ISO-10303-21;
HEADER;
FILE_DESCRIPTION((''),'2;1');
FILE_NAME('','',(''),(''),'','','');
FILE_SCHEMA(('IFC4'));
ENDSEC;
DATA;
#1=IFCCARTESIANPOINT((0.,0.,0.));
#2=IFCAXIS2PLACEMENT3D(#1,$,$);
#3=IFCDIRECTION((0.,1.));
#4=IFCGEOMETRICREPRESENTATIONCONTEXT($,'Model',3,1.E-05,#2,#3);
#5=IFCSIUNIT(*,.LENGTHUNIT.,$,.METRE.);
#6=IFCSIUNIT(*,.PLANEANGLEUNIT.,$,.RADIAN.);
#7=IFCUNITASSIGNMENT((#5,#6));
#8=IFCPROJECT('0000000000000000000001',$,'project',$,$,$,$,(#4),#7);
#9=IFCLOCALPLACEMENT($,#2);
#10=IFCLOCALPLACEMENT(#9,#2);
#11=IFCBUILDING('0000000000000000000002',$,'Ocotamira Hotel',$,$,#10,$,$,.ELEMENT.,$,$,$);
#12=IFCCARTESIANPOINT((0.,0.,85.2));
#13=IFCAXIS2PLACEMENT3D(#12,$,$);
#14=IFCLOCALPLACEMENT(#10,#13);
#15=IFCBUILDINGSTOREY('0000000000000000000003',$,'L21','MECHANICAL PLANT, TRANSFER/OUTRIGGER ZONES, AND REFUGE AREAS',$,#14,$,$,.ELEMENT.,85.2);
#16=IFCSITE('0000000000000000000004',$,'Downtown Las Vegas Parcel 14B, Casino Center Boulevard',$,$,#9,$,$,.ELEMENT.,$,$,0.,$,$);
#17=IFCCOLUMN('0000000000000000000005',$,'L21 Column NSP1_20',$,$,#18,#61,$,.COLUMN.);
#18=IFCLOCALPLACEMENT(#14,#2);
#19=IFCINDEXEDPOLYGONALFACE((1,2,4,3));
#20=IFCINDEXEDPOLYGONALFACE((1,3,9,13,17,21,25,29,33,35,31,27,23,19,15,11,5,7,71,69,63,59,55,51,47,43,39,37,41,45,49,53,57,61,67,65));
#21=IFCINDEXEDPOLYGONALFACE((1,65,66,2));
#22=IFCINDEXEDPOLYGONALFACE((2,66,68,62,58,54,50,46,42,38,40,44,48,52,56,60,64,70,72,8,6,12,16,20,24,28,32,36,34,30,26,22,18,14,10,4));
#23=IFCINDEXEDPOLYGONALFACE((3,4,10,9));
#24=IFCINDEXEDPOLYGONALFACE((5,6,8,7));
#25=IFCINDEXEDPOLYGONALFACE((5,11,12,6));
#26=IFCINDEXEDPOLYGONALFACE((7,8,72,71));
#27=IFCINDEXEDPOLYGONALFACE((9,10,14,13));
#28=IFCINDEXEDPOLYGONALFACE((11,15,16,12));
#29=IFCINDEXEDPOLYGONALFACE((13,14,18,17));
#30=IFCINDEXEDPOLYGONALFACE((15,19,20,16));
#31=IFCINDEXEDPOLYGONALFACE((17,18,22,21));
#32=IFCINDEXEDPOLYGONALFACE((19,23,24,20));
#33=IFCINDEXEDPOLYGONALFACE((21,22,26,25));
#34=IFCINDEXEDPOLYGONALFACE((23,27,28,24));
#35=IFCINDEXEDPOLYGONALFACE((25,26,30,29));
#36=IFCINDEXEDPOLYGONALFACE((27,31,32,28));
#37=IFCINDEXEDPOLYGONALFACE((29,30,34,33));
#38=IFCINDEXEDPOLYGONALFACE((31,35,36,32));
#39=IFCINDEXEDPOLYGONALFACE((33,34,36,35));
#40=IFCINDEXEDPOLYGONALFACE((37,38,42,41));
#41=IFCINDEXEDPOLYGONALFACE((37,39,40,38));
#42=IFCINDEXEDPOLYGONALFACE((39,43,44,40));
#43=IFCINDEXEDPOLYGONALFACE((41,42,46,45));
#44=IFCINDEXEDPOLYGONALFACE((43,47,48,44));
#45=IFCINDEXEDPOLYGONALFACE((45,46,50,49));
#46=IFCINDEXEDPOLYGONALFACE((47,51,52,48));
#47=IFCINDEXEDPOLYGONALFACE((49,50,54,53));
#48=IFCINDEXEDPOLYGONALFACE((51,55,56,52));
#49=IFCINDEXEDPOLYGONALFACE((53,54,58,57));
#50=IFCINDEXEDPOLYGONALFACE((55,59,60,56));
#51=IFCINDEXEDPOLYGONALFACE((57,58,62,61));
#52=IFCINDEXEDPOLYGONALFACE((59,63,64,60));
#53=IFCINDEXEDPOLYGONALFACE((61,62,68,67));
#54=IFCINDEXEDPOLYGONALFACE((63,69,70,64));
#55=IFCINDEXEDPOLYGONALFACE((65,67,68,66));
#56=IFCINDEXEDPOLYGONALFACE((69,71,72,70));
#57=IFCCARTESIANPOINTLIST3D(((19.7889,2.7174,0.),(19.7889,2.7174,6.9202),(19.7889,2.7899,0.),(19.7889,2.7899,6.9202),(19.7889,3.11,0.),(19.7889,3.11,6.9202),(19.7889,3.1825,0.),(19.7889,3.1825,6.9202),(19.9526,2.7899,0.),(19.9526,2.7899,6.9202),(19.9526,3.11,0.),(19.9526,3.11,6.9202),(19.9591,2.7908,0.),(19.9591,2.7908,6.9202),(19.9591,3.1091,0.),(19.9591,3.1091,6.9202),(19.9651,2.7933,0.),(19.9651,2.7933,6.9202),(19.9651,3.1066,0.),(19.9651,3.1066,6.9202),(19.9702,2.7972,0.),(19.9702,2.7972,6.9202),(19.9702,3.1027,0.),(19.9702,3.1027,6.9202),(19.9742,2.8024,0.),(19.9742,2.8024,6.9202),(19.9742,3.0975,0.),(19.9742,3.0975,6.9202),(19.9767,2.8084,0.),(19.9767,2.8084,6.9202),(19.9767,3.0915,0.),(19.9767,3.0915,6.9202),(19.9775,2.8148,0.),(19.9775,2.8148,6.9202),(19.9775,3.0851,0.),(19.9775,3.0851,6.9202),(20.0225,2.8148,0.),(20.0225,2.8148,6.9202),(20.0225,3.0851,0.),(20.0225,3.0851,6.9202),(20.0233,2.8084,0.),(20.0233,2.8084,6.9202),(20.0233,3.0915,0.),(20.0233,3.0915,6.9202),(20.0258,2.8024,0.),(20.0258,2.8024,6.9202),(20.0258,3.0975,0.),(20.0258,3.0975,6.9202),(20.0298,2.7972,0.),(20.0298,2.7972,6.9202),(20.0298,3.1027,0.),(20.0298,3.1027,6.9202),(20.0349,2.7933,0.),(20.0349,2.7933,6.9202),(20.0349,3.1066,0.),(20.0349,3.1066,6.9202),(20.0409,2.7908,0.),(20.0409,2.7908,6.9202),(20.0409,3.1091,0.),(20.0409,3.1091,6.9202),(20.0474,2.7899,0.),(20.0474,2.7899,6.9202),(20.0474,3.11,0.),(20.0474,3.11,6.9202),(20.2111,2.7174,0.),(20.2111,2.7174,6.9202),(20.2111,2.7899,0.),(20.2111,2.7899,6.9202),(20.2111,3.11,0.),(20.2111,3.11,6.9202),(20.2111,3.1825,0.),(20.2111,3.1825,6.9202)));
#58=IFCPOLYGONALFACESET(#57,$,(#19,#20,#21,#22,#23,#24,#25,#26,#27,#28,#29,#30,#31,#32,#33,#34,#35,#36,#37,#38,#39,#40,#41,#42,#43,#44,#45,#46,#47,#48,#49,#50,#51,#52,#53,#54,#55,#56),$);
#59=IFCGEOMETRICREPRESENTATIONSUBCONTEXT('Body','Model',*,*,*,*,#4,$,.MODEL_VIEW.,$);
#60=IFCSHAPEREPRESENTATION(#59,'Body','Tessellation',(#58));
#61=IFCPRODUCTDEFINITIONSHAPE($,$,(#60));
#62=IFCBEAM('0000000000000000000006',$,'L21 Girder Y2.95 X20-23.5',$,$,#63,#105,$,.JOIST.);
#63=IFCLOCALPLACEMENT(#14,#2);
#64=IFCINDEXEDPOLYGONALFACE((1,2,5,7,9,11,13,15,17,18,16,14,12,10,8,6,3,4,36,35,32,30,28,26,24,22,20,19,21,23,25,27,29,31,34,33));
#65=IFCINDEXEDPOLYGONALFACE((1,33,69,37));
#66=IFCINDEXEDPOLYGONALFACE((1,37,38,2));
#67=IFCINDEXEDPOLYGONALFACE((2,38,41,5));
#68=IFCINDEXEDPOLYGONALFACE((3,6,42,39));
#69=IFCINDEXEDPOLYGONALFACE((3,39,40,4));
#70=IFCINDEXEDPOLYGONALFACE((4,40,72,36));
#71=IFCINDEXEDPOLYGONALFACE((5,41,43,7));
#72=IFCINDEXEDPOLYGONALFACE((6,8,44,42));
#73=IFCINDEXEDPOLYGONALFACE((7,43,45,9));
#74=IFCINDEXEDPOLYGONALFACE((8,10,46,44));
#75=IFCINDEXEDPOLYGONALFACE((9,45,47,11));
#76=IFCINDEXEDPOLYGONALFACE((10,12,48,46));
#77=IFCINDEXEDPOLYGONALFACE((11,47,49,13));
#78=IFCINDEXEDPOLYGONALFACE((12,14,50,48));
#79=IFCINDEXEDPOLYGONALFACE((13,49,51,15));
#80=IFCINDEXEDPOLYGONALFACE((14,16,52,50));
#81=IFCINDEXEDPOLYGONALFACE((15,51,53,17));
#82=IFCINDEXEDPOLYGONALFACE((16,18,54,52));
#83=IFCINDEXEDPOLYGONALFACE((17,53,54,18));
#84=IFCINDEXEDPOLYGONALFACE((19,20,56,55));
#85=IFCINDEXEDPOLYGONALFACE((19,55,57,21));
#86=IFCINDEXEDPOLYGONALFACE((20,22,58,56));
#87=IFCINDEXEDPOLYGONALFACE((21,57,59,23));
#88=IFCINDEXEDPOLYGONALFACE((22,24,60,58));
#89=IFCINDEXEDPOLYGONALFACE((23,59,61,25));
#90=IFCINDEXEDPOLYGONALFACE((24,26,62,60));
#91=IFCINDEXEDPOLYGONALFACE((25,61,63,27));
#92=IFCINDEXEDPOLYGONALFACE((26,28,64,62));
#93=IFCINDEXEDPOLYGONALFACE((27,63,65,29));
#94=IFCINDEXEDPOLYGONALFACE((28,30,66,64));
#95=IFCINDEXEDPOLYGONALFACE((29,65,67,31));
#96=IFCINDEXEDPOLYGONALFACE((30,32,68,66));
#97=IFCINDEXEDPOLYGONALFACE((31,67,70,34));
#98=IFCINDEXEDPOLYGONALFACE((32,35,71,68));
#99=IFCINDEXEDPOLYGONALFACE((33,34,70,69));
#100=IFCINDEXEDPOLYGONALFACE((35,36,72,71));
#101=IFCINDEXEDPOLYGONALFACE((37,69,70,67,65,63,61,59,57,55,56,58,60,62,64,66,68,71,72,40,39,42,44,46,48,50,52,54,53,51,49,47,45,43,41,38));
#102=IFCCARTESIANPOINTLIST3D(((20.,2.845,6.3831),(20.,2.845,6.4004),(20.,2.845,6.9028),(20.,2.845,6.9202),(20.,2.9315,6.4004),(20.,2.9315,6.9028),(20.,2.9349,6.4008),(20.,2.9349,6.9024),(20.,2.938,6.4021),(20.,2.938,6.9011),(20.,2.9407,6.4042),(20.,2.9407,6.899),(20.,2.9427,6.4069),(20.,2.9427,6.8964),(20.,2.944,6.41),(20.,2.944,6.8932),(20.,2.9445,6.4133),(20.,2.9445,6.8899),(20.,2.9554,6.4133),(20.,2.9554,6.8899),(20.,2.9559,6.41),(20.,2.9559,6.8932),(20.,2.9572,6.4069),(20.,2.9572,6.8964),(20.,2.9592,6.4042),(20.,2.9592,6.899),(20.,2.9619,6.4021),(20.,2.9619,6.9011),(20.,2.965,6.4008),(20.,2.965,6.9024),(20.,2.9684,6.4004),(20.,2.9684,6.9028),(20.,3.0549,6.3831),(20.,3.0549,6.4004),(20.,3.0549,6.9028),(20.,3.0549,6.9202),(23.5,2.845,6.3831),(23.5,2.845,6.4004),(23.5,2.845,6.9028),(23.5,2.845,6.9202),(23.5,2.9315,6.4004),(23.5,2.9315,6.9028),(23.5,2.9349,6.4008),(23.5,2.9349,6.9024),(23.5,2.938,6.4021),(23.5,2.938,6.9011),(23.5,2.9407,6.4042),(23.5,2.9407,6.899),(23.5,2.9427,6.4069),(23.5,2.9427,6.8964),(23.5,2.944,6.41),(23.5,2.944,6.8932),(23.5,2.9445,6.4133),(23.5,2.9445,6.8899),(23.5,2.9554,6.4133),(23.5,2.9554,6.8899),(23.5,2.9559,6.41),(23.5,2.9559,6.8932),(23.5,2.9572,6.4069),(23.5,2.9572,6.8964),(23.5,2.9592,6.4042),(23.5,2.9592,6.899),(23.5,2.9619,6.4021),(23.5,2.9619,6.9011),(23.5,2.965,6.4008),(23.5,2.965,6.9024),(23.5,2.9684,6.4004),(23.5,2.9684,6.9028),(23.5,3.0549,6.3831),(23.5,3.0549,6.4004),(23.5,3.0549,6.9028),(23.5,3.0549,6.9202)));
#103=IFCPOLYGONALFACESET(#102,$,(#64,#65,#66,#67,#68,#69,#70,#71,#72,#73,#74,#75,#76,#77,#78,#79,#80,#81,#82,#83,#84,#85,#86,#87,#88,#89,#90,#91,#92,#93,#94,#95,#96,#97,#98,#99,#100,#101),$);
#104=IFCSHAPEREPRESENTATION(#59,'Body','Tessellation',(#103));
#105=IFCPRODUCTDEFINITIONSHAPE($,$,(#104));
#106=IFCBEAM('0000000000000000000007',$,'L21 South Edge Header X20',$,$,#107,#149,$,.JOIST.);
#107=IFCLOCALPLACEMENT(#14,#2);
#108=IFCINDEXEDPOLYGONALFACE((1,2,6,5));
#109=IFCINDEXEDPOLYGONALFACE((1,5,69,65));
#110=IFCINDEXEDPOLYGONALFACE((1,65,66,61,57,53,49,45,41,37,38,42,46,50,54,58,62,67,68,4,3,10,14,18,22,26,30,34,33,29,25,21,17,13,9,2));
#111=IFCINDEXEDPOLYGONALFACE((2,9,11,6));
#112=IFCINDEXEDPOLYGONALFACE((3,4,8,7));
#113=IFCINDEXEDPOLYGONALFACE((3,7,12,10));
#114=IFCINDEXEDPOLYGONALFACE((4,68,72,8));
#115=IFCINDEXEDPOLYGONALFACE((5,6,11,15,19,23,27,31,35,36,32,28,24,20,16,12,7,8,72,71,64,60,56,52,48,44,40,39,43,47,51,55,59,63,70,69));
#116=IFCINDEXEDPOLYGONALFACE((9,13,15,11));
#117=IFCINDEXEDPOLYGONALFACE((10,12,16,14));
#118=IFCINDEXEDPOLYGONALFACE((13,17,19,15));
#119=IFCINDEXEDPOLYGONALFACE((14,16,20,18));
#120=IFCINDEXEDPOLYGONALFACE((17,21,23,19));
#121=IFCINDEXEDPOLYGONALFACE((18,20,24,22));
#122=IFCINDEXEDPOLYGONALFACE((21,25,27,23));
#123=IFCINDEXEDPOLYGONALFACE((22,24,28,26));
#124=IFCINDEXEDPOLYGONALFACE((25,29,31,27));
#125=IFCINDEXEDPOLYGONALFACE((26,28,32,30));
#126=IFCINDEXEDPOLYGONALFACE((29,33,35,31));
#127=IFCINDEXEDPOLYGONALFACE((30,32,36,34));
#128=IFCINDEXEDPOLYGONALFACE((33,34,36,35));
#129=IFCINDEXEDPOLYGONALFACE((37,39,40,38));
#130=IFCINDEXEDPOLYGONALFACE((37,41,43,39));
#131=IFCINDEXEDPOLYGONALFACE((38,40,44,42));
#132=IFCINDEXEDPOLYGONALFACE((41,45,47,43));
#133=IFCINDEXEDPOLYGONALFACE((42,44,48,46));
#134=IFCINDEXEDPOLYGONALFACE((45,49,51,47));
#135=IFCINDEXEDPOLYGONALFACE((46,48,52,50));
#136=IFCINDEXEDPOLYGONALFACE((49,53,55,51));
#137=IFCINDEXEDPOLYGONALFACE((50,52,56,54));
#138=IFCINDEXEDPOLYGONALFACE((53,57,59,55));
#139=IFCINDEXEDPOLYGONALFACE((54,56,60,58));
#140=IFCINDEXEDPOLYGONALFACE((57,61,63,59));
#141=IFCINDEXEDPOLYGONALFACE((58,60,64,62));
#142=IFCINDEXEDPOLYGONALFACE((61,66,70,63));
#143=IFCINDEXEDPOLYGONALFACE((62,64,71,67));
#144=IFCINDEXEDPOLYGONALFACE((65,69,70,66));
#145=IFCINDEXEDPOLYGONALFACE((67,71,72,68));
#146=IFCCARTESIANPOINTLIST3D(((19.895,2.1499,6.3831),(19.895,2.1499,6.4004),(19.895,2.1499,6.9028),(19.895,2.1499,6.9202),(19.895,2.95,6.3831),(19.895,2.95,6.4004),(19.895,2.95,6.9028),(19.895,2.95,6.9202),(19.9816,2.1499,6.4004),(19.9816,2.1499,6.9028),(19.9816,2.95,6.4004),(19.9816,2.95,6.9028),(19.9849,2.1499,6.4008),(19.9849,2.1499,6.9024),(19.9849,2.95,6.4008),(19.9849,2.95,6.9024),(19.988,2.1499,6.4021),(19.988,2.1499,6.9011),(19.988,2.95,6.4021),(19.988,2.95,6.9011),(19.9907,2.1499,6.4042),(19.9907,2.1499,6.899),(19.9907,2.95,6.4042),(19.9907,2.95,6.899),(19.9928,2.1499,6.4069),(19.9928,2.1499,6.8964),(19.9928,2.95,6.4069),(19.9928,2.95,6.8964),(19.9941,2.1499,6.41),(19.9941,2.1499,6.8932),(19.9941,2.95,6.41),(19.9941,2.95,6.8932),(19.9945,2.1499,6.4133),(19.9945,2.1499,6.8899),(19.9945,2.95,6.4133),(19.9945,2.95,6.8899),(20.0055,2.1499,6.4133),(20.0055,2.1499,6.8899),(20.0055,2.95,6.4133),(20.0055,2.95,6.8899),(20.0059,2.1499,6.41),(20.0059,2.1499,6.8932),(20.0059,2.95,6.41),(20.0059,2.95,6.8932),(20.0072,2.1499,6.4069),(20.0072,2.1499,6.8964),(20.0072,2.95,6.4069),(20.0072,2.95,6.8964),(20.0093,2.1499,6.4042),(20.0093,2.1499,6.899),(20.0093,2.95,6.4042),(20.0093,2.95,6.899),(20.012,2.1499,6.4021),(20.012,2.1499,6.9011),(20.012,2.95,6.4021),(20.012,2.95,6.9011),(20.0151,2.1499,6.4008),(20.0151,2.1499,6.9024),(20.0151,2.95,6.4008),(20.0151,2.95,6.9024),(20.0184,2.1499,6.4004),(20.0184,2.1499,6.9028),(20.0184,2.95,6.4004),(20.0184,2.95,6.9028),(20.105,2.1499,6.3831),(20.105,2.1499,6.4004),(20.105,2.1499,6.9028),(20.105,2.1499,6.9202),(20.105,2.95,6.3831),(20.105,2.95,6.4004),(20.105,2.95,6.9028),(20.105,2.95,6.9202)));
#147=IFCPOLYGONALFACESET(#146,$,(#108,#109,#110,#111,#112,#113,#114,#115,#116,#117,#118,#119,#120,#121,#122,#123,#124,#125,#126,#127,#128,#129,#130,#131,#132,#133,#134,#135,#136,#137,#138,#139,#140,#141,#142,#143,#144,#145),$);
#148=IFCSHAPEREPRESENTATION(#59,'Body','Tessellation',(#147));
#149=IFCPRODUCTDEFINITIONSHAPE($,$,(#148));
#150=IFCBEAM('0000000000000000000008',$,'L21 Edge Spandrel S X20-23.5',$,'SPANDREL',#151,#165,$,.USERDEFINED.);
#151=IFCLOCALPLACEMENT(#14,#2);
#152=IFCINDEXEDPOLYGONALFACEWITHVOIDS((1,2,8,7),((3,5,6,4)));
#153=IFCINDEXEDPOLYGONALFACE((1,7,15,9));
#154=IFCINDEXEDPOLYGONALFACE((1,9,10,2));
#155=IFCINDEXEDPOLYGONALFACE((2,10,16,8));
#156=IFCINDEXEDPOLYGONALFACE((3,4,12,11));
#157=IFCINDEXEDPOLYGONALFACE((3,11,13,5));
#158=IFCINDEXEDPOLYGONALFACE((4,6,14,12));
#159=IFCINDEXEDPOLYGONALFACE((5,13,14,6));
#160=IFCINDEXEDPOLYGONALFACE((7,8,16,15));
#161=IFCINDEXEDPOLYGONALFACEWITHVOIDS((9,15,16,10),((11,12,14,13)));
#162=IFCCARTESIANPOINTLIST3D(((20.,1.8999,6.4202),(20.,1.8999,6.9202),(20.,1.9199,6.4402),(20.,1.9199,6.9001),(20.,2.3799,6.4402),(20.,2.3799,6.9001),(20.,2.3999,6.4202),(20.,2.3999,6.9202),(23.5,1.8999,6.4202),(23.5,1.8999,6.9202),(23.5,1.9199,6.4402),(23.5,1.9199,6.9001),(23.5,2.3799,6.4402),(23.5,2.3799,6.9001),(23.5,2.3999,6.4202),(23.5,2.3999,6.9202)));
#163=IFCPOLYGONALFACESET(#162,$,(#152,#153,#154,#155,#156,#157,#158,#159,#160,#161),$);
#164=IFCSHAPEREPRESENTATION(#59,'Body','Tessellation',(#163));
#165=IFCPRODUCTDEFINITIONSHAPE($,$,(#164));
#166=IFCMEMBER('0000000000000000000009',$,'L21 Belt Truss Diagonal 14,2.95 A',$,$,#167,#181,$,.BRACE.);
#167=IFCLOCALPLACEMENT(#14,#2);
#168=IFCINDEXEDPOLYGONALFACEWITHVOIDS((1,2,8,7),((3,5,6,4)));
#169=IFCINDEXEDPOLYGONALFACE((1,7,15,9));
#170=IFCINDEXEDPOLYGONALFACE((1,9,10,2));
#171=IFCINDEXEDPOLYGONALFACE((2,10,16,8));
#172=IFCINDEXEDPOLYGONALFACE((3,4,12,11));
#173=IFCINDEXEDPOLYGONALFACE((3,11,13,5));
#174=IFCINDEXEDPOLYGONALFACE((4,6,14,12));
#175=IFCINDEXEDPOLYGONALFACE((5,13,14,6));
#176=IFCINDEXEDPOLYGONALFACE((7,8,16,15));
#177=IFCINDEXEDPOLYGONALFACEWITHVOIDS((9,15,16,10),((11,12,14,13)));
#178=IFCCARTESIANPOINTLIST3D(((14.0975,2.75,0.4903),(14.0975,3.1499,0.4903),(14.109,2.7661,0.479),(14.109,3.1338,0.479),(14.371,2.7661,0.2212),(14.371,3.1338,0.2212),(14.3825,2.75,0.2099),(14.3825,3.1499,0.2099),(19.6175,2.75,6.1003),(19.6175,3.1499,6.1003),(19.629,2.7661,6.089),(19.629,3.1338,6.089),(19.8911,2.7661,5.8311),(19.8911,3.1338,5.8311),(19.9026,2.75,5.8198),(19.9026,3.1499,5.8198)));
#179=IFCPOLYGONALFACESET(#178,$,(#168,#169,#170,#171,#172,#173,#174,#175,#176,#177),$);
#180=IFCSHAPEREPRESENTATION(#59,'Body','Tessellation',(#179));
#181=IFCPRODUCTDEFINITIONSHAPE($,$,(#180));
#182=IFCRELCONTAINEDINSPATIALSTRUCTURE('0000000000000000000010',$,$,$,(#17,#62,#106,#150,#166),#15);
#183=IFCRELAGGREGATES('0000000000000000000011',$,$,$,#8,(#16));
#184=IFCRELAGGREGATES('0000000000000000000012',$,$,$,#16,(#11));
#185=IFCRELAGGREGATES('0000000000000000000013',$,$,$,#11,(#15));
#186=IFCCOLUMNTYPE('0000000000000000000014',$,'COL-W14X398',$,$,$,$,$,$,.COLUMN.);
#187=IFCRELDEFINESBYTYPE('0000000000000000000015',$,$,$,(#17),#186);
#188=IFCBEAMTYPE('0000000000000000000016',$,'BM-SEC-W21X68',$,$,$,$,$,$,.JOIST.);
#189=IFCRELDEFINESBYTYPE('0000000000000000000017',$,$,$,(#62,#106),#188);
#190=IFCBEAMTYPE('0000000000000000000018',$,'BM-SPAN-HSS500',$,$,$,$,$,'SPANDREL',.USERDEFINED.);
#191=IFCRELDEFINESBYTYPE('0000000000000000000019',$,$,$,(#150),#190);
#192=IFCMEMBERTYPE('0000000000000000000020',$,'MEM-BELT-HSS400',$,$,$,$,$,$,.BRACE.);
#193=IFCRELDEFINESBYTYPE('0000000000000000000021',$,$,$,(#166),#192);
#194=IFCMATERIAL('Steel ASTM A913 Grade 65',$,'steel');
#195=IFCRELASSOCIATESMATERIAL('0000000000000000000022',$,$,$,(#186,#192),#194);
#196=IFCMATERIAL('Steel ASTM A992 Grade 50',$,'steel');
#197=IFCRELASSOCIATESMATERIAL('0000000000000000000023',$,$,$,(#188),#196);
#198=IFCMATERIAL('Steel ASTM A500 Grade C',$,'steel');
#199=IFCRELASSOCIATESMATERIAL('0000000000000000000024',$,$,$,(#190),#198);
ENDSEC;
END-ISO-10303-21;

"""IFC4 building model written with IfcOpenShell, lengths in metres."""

from ifc_helpers import new_model, si_unit, direction, frame, origin, origin_2d, place, context, subcontext, project, spatial, hollow_rectangle, i_section, extrude, source, transform, mapped, material, material_profile, profile_set, type_object, element, save


model = new_model("IFC4")

# Units and contexts
model_context = context("Model", 3, precision=1e-05, world=origin(), true_north=direction((0.0, 1.0)))
body_context = subcontext(model_context, "Body", "Model", "MODEL_VIEW")
ifc_project = project(units=[si_unit("LENGTHUNIT", "METRE"), si_unit("PLANEANGLEUNIT", "RADIAN")], contexts=[model_context])

# Site, building, storey
site_placement = place(None, origin())
site = spatial("IfcSite", under=ifc_project, at=site_placement, Name="Downtown Las Vegas Parcel 14B, Casino Center Boulevard", CompositionType="ELEMENT", RefElevation=0.0)
building_placement = place(site_placement, origin())
building = spatial("IfcBuilding", under=site, at=building_placement, Name="Ocotamira Hotel", CompositionType="ELEMENT")
storey_placement = place(building_placement, frame((0.0, 0.0, 85.2)))
storey = spatial("IfcBuildingStorey", under=building, at=storey_placement, Name="L21", Description="MECHANICAL PLANT, TRANSFER/OUTRIGGER ZONES, AND REFUGE AREAS", CompositionType="ELEMENT", Elevation=85.2)

# Column
ifc_material_1 = material(Name="Steel ASTM A913 Grade 65", Category="steel")
ifc_material_profile_1 = material_profile(ifc_material_1, i_section(OverallWidth=0.4221, OverallDepth=0.4651, WebThickness=0.0449, FlangeThickness=0.0725, FilletRadius=0.0249, at=origin_2d()), Name="W14X398")
ifc_profile_set_1 = profile_set([ifc_material_profile_1], Name="Steel ASTM A913 Grade 65")
column_type = type_object("IfcColumnType", Name="COL-W14X398", PredefinedType="COLUMN", material=ifc_profile_set_1)
shared_shape_1 = source(origin(), body_context, "Body", "SweptSolid", [
    extrude(i_section(OverallWidth=0.4221, OverallDepth=0.4651, WebThickness=0.0449, FlangeThickness=0.0725, FilletRadius=0.0249, at=origin_2d()), origin(), (0.0, 0.0, 1.0), 6.9202),
])
column_placement = place(storey_placement, frame((20.0, 2.95, 0.0), z_axis=(0.0, 0.0, 1.0), x_axis=(1.0, 0.0, 0.0)))
element("IfcColumn", 1, at=column_placement, inside=storey, type_object=column_type, Name="L21 Column NSP1_20", PredefinedType="COLUMN", context=body_context, shape_type="MappedRepresentation", body=[
    mapped(shared_shape_1, transform((0.0, 0.0, 0.0), scale=1.0)),
])

# Beams
ifc_material_2 = material(Name="Steel ASTM A992 Grade 50", Category="steel")
ifc_material_profile_2 = material_profile(ifc_material_2, i_section(OverallWidth=0.21, OverallDepth=0.5371, WebThickness=0.011, FlangeThickness=0.0173, FilletRadius=0.0129, at=origin_2d()), Name="W21X68")
ifc_profile_set_2 = profile_set([ifc_material_profile_2], Name="Steel ASTM A992 Grade 50")
beam_type_1 = type_object("IfcBeamType", Name="BM-SEC-W21X68", PredefinedType="JOIST", material=ifc_profile_set_2)
shared_shape_2 = source(origin(), body_context, "Body", "SweptSolid", [
    extrude(i_section(OverallWidth=0.21, OverallDepth=0.5371, WebThickness=0.011, FlangeThickness=0.0173, FilletRadius=0.0129, at=origin_2d()), origin(), (0.0, 0.0, 1.0), 3.5),
])
beam_1_placement = place(storey_placement, frame((20.0, 2.95, 6.6516), z_axis=(1.0, 0.0, 0.0), x_axis=(0.0, 1.0, 0.0)))
element("IfcBeam", 2, at=beam_1_placement, inside=storey, type_object=beam_type_1, Name="L21 Girder Y2.95 X20-23.5", PredefinedType="JOIST", context=body_context, shape_type="MappedRepresentation", body=[
    mapped(shared_shape_2, transform((0.0, 0.0, 0.0), scale=1.0)),
])
shared_shape_3 = source(origin(), body_context, "Body", "SweptSolid", [
    extrude(i_section(OverallWidth=0.21, OverallDepth=0.5371, WebThickness=0.011, FlangeThickness=0.0173, FilletRadius=0.0129, at=origin_2d()), origin(), (0.0, 0.0, 1.0), 0.8),
])
beam_2_placement = place(storey_placement, frame((20.0, 2.95, 6.6516), z_axis=(0.0, -1.0, 0.0), x_axis=(1.0, 0.0, 0.0)))
element("IfcBeam", 3, at=beam_2_placement, inside=storey, type_object=beam_type_1, Name="L21 South Edge Header X20", PredefinedType="JOIST", context=body_context, shape_type="MappedRepresentation", body=[
    mapped(shared_shape_3, transform((0.0, 0.0, 0.0), scale=1.0)),
])
ifc_material_3 = material(Name="Steel ASTM A500 Grade C", Category="steel")
ifc_material_profile_3 = material_profile(ifc_material_3, hollow_rectangle(XDim=0.5, YDim=0.5, WallThickness=0.02, at=origin_2d()), Name="HSS500X500X20")
ifc_profile_set_3 = profile_set([ifc_material_profile_3], Name="Steel ASTM A500 Grade C")
beam_type_2 = type_object("IfcBeamType", Name="BM-SPAN-HSS500", ElementType="SPANDREL", PredefinedType="USERDEFINED", material=ifc_profile_set_3)
shared_shape_4 = source(origin(), body_context, "Body", "SweptSolid", [
    extrude(hollow_rectangle(XDim=0.5, YDim=0.5, WallThickness=0.02, at=origin_2d()), origin(), (0.0, 0.0, 1.0), 3.5),
])
beam_3_placement = place(storey_placement, frame((20.0, 2.1499, 6.6702), z_axis=(1.0, 0.0, 0.0), x_axis=(0.0, 1.0, 0.0)))
element("IfcBeam", 4, at=beam_3_placement, inside=storey, type_object=beam_type_2, Name="L21 Edge Spandrel S X20-23.5", ObjectType="SPANDREL", PredefinedType="USERDEFINED", context=body_context, shape_type="MappedRepresentation", body=[
    mapped(shared_shape_4, transform((0.0, 0.0, 0.0), scale=1.0)),
])

# Member
ifc_material_profile_4 = material_profile(ifc_material_1, hollow_rectangle(XDim=0.3999, YDim=0.3999, WallThickness=0.0161, at=origin_2d()), Name="HSS400X400X16")
ifc_profile_set_4 = profile_set([ifc_material_profile_4], Name="Steel ASTM A913 Grade 65")
member_type_1 = type_object("IfcMemberType", Name="MEM-BELT-HSS400", PredefinedType="BRACE", material=ifc_profile_set_4)
shared_shape_5 = source(origin(), body_context, "Body", "SweptSolid", [
    extrude(hollow_rectangle(XDim=0.3999, YDim=0.3999, WallThickness=0.0161, at=origin_2d()), origin(), (0.0, 0.0, 1.0), 7.8704),
])
member_1_placement = place(storey_placement, frame((14.24, 2.95, 0.3501), z_axis=(0.701376, 0.0, 0.712792), x_axis=(0.0, 1.0, 0.0)))
element("IfcMember", 5, at=member_1_placement, inside=storey, type_object=member_type_1, Name="L21 Belt Truss Diagonal 14,2.95 A", PredefinedType="BRACE", context=body_context, shape_type="MappedRepresentation", body=[
    mapped(shared_shape_5, transform((0.0, 0.0, 0.0), scale=1.0)),
])

save(model, "model.ifc")
